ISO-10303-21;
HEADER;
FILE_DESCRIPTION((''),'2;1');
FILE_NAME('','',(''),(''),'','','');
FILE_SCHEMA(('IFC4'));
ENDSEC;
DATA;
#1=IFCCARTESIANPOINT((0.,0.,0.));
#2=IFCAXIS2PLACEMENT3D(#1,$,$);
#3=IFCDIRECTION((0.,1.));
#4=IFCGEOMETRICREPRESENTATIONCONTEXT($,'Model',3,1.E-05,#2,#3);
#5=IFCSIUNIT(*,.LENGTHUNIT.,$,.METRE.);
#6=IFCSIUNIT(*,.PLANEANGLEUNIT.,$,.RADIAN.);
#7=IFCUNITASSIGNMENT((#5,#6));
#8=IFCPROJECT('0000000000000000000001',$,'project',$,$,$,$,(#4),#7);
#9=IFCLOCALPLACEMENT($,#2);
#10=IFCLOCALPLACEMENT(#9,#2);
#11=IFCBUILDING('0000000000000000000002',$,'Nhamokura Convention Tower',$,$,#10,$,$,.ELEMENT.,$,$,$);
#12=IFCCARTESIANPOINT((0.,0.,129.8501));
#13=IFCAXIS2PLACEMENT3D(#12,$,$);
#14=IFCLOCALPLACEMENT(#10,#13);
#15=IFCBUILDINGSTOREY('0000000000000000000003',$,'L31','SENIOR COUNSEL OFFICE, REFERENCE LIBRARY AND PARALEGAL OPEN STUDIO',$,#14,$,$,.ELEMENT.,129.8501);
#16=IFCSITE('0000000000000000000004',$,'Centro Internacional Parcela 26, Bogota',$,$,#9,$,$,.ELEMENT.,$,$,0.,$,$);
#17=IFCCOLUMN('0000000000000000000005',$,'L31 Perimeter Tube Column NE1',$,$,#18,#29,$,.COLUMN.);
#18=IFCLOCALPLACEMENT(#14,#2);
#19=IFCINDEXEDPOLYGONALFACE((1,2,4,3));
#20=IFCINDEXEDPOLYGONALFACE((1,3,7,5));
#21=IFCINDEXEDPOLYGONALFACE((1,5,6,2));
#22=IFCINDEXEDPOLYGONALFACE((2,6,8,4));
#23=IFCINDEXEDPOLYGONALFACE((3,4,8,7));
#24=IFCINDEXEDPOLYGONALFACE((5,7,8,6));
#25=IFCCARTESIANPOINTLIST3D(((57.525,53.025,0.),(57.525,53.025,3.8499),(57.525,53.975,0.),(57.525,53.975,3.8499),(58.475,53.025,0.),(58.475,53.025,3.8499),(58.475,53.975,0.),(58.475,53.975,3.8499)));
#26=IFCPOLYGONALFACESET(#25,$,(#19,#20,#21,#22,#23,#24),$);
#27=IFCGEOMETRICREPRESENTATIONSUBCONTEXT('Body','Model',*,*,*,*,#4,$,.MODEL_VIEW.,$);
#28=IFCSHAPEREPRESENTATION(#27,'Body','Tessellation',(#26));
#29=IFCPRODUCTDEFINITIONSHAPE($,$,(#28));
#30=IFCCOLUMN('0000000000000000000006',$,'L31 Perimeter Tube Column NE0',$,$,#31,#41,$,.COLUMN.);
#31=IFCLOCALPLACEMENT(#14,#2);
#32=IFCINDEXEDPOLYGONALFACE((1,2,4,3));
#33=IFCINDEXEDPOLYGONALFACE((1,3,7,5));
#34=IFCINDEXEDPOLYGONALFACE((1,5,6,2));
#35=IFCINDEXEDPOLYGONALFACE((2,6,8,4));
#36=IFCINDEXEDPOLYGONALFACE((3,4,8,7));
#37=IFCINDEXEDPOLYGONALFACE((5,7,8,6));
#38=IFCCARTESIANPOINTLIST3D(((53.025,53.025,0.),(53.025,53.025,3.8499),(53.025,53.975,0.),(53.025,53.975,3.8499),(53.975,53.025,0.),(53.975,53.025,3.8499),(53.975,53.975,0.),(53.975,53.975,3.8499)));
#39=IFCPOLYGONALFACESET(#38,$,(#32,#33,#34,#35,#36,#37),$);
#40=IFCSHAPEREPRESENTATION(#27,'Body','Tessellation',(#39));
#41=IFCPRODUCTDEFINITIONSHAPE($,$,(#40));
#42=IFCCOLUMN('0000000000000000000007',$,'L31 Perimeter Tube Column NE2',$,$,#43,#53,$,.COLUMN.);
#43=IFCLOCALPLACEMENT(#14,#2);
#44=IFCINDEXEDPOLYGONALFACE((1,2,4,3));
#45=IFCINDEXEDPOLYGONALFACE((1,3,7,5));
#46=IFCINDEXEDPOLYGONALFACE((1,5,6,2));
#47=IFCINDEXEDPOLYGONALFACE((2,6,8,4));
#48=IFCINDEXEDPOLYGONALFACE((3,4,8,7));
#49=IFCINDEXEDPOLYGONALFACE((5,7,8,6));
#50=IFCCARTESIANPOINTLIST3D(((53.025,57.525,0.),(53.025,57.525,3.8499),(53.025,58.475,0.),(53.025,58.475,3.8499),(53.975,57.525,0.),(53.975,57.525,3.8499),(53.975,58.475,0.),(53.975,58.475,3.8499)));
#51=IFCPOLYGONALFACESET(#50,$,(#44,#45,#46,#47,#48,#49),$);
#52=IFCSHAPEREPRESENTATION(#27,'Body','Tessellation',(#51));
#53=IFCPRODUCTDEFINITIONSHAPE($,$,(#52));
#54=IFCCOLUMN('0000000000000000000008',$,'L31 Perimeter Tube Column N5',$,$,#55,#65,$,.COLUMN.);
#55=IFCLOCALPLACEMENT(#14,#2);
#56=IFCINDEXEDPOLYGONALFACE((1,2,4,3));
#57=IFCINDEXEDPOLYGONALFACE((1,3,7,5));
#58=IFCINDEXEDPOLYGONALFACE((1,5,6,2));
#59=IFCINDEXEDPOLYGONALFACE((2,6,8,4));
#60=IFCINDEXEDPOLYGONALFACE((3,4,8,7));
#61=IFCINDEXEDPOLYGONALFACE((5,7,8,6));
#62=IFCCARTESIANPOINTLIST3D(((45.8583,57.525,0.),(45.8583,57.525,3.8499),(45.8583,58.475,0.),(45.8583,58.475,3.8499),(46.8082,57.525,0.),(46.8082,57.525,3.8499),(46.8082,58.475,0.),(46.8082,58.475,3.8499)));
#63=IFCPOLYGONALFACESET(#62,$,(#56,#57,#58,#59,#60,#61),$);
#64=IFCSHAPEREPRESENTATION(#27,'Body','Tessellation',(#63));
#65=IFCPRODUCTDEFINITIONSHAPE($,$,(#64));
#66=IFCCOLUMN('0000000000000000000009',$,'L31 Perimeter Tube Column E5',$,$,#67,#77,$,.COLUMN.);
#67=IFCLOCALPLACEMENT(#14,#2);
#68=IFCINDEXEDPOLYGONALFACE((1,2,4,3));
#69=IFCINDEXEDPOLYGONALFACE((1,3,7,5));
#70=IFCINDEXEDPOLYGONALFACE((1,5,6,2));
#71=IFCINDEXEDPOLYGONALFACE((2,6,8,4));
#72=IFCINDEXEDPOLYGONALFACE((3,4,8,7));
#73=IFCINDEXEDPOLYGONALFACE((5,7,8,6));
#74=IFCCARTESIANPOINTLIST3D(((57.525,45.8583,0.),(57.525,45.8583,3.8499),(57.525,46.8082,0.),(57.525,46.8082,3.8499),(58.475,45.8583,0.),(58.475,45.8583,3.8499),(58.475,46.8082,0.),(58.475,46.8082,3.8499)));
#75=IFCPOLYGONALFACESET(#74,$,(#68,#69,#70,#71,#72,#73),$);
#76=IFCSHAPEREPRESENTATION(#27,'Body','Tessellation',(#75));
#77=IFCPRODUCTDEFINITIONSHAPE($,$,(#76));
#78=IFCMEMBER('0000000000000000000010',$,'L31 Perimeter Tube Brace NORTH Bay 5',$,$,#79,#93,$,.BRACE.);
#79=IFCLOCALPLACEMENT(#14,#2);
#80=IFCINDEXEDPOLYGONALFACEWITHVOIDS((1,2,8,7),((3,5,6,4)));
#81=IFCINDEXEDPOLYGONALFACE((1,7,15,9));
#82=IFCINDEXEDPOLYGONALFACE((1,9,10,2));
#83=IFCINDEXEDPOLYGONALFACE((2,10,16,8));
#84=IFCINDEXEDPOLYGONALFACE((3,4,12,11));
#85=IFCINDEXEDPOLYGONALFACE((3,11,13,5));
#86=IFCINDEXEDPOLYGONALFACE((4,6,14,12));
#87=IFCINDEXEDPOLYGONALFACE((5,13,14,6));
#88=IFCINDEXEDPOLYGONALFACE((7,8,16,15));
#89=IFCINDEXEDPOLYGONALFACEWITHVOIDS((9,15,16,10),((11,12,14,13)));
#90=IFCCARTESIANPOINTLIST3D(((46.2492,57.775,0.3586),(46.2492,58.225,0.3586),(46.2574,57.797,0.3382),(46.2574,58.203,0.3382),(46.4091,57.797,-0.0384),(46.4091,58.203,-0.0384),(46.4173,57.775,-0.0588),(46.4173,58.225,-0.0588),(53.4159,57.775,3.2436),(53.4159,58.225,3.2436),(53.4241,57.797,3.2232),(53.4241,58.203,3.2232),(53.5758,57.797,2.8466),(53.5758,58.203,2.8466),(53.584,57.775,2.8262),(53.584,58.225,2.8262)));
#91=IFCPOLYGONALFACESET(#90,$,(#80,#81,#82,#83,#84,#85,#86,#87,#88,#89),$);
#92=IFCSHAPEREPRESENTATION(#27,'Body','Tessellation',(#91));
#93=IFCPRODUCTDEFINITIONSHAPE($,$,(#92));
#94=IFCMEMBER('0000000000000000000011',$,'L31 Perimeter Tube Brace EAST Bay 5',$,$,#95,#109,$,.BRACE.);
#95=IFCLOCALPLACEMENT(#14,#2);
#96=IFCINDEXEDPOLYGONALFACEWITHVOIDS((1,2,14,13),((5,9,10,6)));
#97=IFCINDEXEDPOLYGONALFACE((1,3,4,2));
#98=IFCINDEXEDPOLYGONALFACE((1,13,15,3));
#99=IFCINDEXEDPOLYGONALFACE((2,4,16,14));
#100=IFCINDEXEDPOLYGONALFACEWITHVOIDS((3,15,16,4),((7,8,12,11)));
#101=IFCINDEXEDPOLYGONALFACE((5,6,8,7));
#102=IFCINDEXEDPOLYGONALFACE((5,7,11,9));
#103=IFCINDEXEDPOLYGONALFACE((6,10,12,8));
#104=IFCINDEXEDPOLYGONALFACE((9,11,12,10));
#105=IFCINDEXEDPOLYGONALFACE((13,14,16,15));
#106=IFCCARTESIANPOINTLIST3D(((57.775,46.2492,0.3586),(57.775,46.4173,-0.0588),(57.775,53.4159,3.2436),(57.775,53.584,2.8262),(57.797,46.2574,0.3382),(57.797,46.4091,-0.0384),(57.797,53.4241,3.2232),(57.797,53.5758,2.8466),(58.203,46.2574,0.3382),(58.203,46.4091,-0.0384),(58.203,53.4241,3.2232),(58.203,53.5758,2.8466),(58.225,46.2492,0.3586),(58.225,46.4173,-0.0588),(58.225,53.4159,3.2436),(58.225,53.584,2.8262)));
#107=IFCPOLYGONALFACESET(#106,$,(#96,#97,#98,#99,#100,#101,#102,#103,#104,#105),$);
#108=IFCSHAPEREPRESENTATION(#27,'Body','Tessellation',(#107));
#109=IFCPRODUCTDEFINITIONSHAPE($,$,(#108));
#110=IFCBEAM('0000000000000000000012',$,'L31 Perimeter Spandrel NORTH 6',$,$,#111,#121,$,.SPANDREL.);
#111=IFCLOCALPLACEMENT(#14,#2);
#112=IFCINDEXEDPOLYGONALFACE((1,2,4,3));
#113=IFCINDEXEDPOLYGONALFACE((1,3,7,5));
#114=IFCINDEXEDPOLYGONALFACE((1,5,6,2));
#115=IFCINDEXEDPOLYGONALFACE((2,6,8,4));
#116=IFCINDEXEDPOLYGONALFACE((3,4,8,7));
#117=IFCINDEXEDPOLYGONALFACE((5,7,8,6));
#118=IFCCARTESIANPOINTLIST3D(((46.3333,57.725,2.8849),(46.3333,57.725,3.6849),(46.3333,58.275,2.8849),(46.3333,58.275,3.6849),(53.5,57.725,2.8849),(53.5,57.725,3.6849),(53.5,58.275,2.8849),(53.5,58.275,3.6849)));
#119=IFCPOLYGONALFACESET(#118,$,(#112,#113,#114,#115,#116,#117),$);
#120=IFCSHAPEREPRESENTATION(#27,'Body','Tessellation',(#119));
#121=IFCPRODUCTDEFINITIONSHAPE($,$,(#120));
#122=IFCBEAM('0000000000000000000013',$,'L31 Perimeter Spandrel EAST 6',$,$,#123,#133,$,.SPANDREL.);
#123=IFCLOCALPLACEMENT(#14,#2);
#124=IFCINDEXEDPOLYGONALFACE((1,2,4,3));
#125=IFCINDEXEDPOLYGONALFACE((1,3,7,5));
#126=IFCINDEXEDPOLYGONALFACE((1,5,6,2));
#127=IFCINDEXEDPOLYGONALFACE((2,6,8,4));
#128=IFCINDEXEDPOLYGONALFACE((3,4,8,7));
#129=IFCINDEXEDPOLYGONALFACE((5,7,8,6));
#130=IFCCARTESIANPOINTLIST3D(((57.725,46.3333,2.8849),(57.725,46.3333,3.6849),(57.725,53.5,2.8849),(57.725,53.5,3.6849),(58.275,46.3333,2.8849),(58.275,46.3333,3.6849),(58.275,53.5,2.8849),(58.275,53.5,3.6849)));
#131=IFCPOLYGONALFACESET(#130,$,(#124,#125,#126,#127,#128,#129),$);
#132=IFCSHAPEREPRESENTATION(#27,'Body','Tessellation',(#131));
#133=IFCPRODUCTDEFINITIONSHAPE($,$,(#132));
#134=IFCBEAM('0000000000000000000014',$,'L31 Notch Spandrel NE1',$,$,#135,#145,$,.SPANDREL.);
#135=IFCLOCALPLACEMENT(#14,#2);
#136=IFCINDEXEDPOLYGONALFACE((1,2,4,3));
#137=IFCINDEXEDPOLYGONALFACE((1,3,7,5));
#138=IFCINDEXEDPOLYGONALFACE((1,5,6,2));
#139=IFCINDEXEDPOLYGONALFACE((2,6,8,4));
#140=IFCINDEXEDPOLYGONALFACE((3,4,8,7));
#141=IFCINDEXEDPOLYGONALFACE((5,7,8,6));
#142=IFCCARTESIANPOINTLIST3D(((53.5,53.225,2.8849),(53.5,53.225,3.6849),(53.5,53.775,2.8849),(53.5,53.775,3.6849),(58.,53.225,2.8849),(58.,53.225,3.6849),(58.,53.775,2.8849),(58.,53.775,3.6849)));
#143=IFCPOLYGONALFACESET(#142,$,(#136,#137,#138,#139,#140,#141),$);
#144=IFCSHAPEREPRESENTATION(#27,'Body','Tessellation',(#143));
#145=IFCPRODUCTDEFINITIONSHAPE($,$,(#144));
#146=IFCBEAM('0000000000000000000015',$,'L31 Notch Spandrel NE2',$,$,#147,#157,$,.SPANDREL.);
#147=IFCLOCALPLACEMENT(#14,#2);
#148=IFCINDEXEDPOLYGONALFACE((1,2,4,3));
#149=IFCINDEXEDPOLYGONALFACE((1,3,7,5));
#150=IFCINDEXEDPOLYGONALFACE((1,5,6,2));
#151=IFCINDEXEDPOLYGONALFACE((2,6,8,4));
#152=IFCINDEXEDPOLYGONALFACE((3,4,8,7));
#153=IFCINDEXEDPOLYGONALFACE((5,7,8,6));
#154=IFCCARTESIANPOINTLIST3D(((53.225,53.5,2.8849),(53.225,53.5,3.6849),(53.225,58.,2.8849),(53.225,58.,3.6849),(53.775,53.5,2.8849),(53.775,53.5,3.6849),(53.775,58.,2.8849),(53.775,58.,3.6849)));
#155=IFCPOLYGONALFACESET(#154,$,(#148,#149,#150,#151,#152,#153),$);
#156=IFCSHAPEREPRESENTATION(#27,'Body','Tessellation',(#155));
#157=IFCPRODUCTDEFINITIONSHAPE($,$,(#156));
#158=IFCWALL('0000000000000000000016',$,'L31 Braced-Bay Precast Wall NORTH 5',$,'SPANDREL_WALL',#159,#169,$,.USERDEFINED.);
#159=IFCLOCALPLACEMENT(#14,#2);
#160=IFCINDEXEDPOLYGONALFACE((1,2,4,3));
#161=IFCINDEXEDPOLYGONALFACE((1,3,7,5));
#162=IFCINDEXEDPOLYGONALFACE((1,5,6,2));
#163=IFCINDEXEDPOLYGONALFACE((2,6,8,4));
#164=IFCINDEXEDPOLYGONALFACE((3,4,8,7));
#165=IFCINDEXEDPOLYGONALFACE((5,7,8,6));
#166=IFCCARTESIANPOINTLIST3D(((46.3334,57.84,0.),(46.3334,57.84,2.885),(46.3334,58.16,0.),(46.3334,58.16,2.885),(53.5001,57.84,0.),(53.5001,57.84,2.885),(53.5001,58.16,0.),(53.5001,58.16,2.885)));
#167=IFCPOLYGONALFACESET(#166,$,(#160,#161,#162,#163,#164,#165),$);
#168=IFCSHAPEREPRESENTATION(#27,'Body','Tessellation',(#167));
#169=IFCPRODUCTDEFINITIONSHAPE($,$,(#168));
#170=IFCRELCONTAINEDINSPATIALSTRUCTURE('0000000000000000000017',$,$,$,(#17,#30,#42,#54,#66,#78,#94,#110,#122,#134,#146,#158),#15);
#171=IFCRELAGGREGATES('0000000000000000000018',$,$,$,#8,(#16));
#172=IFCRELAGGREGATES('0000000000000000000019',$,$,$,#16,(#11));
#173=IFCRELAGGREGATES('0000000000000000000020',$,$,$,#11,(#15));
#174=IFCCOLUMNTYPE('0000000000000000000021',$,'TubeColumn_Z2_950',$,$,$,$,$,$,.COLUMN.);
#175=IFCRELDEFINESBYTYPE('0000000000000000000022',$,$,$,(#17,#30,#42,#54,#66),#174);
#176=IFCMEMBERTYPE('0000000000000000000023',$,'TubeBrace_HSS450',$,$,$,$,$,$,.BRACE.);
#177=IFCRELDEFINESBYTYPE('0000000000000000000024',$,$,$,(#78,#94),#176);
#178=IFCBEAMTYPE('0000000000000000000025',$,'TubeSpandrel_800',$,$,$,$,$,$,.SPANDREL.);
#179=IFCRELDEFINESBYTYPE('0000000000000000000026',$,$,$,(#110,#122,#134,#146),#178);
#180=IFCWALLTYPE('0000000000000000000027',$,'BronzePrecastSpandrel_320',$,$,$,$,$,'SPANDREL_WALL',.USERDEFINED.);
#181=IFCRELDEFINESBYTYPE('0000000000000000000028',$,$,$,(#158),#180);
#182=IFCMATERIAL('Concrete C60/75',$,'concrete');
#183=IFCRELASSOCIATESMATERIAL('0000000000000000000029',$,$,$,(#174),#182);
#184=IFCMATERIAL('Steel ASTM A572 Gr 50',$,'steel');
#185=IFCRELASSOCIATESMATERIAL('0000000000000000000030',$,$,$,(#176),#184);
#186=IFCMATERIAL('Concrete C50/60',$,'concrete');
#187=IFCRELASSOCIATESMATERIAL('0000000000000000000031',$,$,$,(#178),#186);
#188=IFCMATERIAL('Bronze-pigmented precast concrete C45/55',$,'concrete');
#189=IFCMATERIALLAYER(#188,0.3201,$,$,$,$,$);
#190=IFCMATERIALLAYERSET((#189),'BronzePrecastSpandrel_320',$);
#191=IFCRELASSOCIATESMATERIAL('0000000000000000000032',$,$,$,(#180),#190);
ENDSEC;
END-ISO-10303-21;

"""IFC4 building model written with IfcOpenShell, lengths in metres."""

from ifc_helpers import new_model, si_unit, direction, frame, frame_2d, origin, origin_2d, place, context, subcontext, project, spatial, rectangle, hollow_rectangle, extrude, material, layer, layer_set, material_profile, profile_set, type_object, element, save


model = new_model("IFC4")

# Units and contexts
model_context = context("Model", 3, precision=1e-05, world=origin(), true_north=direction((0.0, 1.0)))
body_context = subcontext(model_context, "Body", "Model", "MODEL_VIEW")
ifc_project = project(units=[si_unit("LENGTHUNIT", "METRE"), si_unit("PLANEANGLEUNIT", "RADIAN")], contexts=[model_context])

# Site, building, storey
site_placement = place(None, origin())
site = spatial("IfcSite", under=ifc_project, at=site_placement, Name="Centro Internacional Parcela 26, Bogota", CompositionType="ELEMENT", RefElevation=0.0)
building_placement = place(site_placement, origin())
building = spatial("IfcBuilding", under=site, at=building_placement, Name="Nhamokura Convention Tower", CompositionType="ELEMENT")
storey_placement = place(building_placement, frame((0.0, 0.0, 129.8501)))
storey = spatial("IfcBuildingStorey", under=building, at=storey_placement, Name="L31", Description="SENIOR COUNSEL OFFICE, REFERENCE LIBRARY AND PARALEGAL OPEN STUDIO", CompositionType="ELEMENT", Elevation=129.8501)

# Columns
ifc_material_1 = material(Name="Concrete C60/75", Category="concrete")
ifc_material_profile_1 = material_profile(ifc_material_1, rectangle(XDim=0.95, YDim=0.95, at=origin_2d()))
ifc_profile_set_1 = profile_set([ifc_material_profile_1], Name="Concrete C60/75")
column_type = type_object("IfcColumnType", Name="TubeColumn_Z2_950", PredefinedType="COLUMN", material=ifc_profile_set_1)
for number, where, z_axis, x_axis, name in (
    (1, (58.0, 53.5, 0.0), (0.0, 0.0, 1.0), (1.0, 0.0, 0.0), "L31 Perimeter Tube Column NE1"),
    (2, (53.5, 53.5, 0.0), (0.0, 0.0, 1.0), (1.0, 0.0, 0.0), "L31 Perimeter Tube Column NE0"),
    (3, (53.5, 58.0, 0.0), (0.0, 0.0, 1.0), (1.0, 0.0, 0.0), "L31 Perimeter Tube Column NE2"),
    (4, (46.3333, 58.0, 0.0), (0.0, 0.0, 1.0), (1.0, 0.0, 0.0), "L31 Perimeter Tube Column N5"),
    (5, (58.0, 46.3333, 0.0), (0.0, 0.0, 1.0), (1.0, 0.0, 0.0), "L31 Perimeter Tube Column E5"),
):
    element("IfcColumn", number, at=place(storey_placement, frame(where, z_axis=z_axis, x_axis=x_axis)), inside=storey, type_object=column_type, Name=name, PredefinedType="COLUMN", context=body_context, shape_type="SweptSolid", body=[
        extrude(rectangle(XDim=0.95, YDim=0.95, at=origin_2d()), origin(), (0.0, 0.0, 1.0), 3.8499),
    ])

# Members
ifc_material_2 = material(Name="Steel ASTM A572 Gr 50", Category="steel")
ifc_material_profile_2 = material_profile(ifc_material_2, hollow_rectangle(XDim=0.45, YDim=0.45, WallThickness=0.022, at=origin_2d()))
ifc_profile_set_2 = profile_set([ifc_material_profile_2], Name="Steel ASTM A572 Gr 50")
member_type = type_object("IfcMemberType", Name="TubeBrace_HSS450", PredefinedType="BRACE", material=ifc_profile_set_2)
for number, where, z_axis, x_axis, name in (
    (6, (46.3333, 58.0, 0.1499), (0.927657, 0.0, 0.373433), (0.0, 1.0, 0.0), "L31 Perimeter Tube Brace NORTH Bay 5"),
    (7, (58.0, 46.3333, 0.1499), (0.0, 0.927657, 0.373433), (-1.0, 0.0, 0.0), "L31 Perimeter Tube Brace EAST Bay 5"),
):
    element("IfcMember", number, at=place(storey_placement, frame(where, z_axis=z_axis, x_axis=x_axis)), inside=storey, type_object=member_type, Name=name, PredefinedType="BRACE", context=body_context, shape_type="SweptSolid", body=[
        extrude(hollow_rectangle(XDim=0.45, YDim=0.45, WallThickness=0.022, at=origin_2d()), origin(), (0.0, 0.0, 1.0), 7.7256),
    ])

# Beams
ifc_material_3 = material(Name="Concrete C50/60", Category="concrete")
ifc_material_profile_3 = material_profile(ifc_material_3, rectangle(XDim=0.55, YDim=0.8, at=origin_2d()))
ifc_profile_set_3 = profile_set([ifc_material_profile_3], Name="Concrete C50/60")
beam_type = type_object("IfcBeamType", Name="TubeSpandrel_800", PredefinedType="SPANDREL", material=ifc_profile_set_3)
for number, where, z_axis, x_axis, name in (
    (8, (46.3333, 58.0, 3.2849), (1.0, 0.0, 0.0), (0.0, 1.0, 0.0), "L31 Perimeter Spandrel NORTH 6"),
    (9, (58.0, 46.3333, 3.2849), (0.0, 1.0, 0.0), (-1.0, 0.0, 0.0), "L31 Perimeter Spandrel EAST 6"),
):
    element("IfcBeam", number, at=place(storey_placement, frame(where, z_axis=z_axis, x_axis=x_axis)), inside=storey, type_object=beam_type, Name=name, PredefinedType="SPANDREL", context=body_context, shape_type="SweptSolid", body=[
        extrude(rectangle(XDim=0.55, YDim=0.8, at=origin_2d()), origin(), (0.0, 0.0, 1.0), 7.1667),
    ])
for number, where, z_axis, x_axis, name in (
    (10, (58.0, 53.5, 3.2849), (-1.0, 0.0, 0.0), (0.0, -1.0, 0.0), "L31 Notch Spandrel NE1"),
    (11, (53.5, 53.5, 3.2849), (0.0, 1.0, 0.0), (-1.0, 0.0, 0.0), "L31 Notch Spandrel NE2"),
):
    element("IfcBeam", number, at=place(storey_placement, frame(where, z_axis=z_axis, x_axis=x_axis)), inside=storey, type_object=beam_type, Name=name, PredefinedType="SPANDREL", context=body_context, shape_type="SweptSolid", body=[
        extrude(rectangle(XDim=0.55, YDim=0.8, at=origin_2d()), origin(), (0.0, 0.0, 1.0), 4.5),
    ])

# Wall
ifc_material_4 = material(Name="Bronze-pigmented precast concrete C45/55", Category="concrete")
ifc_layer = layer(ifc_material_4, 0.3201)
ifc_layer_set = layer_set([ifc_layer], Name="BronzePrecastSpandrel_320")
wall_type = type_object("IfcWallType", Name="BronzePrecastSpandrel_320", ElementType="SPANDREL_WALL", PredefinedType="USERDEFINED", material=ifc_layer_set)
wall_1_placement = place(storey_placement, frame((46.3333, 58.0, 0.0), z_axis=(0.0, 0.0, 1.0), x_axis=(1.0, 0.0, 0.0)))
element("IfcWall", 12, at=wall_1_placement, inside=storey, type_object=wall_type, Name="L31 Braced-Bay Precast Wall NORTH 5", ObjectType="SPANDREL_WALL", PredefinedType="USERDEFINED", context=body_context, shape_type="SweptSolid", body=[
    extrude(rectangle(XDim=7.1667, YDim=0.3201, at=frame_2d((3.5835, 0.0))), origin(), (0.0, 0.0, 1.0), 2.885),
])

save(model, "model.ifc")
